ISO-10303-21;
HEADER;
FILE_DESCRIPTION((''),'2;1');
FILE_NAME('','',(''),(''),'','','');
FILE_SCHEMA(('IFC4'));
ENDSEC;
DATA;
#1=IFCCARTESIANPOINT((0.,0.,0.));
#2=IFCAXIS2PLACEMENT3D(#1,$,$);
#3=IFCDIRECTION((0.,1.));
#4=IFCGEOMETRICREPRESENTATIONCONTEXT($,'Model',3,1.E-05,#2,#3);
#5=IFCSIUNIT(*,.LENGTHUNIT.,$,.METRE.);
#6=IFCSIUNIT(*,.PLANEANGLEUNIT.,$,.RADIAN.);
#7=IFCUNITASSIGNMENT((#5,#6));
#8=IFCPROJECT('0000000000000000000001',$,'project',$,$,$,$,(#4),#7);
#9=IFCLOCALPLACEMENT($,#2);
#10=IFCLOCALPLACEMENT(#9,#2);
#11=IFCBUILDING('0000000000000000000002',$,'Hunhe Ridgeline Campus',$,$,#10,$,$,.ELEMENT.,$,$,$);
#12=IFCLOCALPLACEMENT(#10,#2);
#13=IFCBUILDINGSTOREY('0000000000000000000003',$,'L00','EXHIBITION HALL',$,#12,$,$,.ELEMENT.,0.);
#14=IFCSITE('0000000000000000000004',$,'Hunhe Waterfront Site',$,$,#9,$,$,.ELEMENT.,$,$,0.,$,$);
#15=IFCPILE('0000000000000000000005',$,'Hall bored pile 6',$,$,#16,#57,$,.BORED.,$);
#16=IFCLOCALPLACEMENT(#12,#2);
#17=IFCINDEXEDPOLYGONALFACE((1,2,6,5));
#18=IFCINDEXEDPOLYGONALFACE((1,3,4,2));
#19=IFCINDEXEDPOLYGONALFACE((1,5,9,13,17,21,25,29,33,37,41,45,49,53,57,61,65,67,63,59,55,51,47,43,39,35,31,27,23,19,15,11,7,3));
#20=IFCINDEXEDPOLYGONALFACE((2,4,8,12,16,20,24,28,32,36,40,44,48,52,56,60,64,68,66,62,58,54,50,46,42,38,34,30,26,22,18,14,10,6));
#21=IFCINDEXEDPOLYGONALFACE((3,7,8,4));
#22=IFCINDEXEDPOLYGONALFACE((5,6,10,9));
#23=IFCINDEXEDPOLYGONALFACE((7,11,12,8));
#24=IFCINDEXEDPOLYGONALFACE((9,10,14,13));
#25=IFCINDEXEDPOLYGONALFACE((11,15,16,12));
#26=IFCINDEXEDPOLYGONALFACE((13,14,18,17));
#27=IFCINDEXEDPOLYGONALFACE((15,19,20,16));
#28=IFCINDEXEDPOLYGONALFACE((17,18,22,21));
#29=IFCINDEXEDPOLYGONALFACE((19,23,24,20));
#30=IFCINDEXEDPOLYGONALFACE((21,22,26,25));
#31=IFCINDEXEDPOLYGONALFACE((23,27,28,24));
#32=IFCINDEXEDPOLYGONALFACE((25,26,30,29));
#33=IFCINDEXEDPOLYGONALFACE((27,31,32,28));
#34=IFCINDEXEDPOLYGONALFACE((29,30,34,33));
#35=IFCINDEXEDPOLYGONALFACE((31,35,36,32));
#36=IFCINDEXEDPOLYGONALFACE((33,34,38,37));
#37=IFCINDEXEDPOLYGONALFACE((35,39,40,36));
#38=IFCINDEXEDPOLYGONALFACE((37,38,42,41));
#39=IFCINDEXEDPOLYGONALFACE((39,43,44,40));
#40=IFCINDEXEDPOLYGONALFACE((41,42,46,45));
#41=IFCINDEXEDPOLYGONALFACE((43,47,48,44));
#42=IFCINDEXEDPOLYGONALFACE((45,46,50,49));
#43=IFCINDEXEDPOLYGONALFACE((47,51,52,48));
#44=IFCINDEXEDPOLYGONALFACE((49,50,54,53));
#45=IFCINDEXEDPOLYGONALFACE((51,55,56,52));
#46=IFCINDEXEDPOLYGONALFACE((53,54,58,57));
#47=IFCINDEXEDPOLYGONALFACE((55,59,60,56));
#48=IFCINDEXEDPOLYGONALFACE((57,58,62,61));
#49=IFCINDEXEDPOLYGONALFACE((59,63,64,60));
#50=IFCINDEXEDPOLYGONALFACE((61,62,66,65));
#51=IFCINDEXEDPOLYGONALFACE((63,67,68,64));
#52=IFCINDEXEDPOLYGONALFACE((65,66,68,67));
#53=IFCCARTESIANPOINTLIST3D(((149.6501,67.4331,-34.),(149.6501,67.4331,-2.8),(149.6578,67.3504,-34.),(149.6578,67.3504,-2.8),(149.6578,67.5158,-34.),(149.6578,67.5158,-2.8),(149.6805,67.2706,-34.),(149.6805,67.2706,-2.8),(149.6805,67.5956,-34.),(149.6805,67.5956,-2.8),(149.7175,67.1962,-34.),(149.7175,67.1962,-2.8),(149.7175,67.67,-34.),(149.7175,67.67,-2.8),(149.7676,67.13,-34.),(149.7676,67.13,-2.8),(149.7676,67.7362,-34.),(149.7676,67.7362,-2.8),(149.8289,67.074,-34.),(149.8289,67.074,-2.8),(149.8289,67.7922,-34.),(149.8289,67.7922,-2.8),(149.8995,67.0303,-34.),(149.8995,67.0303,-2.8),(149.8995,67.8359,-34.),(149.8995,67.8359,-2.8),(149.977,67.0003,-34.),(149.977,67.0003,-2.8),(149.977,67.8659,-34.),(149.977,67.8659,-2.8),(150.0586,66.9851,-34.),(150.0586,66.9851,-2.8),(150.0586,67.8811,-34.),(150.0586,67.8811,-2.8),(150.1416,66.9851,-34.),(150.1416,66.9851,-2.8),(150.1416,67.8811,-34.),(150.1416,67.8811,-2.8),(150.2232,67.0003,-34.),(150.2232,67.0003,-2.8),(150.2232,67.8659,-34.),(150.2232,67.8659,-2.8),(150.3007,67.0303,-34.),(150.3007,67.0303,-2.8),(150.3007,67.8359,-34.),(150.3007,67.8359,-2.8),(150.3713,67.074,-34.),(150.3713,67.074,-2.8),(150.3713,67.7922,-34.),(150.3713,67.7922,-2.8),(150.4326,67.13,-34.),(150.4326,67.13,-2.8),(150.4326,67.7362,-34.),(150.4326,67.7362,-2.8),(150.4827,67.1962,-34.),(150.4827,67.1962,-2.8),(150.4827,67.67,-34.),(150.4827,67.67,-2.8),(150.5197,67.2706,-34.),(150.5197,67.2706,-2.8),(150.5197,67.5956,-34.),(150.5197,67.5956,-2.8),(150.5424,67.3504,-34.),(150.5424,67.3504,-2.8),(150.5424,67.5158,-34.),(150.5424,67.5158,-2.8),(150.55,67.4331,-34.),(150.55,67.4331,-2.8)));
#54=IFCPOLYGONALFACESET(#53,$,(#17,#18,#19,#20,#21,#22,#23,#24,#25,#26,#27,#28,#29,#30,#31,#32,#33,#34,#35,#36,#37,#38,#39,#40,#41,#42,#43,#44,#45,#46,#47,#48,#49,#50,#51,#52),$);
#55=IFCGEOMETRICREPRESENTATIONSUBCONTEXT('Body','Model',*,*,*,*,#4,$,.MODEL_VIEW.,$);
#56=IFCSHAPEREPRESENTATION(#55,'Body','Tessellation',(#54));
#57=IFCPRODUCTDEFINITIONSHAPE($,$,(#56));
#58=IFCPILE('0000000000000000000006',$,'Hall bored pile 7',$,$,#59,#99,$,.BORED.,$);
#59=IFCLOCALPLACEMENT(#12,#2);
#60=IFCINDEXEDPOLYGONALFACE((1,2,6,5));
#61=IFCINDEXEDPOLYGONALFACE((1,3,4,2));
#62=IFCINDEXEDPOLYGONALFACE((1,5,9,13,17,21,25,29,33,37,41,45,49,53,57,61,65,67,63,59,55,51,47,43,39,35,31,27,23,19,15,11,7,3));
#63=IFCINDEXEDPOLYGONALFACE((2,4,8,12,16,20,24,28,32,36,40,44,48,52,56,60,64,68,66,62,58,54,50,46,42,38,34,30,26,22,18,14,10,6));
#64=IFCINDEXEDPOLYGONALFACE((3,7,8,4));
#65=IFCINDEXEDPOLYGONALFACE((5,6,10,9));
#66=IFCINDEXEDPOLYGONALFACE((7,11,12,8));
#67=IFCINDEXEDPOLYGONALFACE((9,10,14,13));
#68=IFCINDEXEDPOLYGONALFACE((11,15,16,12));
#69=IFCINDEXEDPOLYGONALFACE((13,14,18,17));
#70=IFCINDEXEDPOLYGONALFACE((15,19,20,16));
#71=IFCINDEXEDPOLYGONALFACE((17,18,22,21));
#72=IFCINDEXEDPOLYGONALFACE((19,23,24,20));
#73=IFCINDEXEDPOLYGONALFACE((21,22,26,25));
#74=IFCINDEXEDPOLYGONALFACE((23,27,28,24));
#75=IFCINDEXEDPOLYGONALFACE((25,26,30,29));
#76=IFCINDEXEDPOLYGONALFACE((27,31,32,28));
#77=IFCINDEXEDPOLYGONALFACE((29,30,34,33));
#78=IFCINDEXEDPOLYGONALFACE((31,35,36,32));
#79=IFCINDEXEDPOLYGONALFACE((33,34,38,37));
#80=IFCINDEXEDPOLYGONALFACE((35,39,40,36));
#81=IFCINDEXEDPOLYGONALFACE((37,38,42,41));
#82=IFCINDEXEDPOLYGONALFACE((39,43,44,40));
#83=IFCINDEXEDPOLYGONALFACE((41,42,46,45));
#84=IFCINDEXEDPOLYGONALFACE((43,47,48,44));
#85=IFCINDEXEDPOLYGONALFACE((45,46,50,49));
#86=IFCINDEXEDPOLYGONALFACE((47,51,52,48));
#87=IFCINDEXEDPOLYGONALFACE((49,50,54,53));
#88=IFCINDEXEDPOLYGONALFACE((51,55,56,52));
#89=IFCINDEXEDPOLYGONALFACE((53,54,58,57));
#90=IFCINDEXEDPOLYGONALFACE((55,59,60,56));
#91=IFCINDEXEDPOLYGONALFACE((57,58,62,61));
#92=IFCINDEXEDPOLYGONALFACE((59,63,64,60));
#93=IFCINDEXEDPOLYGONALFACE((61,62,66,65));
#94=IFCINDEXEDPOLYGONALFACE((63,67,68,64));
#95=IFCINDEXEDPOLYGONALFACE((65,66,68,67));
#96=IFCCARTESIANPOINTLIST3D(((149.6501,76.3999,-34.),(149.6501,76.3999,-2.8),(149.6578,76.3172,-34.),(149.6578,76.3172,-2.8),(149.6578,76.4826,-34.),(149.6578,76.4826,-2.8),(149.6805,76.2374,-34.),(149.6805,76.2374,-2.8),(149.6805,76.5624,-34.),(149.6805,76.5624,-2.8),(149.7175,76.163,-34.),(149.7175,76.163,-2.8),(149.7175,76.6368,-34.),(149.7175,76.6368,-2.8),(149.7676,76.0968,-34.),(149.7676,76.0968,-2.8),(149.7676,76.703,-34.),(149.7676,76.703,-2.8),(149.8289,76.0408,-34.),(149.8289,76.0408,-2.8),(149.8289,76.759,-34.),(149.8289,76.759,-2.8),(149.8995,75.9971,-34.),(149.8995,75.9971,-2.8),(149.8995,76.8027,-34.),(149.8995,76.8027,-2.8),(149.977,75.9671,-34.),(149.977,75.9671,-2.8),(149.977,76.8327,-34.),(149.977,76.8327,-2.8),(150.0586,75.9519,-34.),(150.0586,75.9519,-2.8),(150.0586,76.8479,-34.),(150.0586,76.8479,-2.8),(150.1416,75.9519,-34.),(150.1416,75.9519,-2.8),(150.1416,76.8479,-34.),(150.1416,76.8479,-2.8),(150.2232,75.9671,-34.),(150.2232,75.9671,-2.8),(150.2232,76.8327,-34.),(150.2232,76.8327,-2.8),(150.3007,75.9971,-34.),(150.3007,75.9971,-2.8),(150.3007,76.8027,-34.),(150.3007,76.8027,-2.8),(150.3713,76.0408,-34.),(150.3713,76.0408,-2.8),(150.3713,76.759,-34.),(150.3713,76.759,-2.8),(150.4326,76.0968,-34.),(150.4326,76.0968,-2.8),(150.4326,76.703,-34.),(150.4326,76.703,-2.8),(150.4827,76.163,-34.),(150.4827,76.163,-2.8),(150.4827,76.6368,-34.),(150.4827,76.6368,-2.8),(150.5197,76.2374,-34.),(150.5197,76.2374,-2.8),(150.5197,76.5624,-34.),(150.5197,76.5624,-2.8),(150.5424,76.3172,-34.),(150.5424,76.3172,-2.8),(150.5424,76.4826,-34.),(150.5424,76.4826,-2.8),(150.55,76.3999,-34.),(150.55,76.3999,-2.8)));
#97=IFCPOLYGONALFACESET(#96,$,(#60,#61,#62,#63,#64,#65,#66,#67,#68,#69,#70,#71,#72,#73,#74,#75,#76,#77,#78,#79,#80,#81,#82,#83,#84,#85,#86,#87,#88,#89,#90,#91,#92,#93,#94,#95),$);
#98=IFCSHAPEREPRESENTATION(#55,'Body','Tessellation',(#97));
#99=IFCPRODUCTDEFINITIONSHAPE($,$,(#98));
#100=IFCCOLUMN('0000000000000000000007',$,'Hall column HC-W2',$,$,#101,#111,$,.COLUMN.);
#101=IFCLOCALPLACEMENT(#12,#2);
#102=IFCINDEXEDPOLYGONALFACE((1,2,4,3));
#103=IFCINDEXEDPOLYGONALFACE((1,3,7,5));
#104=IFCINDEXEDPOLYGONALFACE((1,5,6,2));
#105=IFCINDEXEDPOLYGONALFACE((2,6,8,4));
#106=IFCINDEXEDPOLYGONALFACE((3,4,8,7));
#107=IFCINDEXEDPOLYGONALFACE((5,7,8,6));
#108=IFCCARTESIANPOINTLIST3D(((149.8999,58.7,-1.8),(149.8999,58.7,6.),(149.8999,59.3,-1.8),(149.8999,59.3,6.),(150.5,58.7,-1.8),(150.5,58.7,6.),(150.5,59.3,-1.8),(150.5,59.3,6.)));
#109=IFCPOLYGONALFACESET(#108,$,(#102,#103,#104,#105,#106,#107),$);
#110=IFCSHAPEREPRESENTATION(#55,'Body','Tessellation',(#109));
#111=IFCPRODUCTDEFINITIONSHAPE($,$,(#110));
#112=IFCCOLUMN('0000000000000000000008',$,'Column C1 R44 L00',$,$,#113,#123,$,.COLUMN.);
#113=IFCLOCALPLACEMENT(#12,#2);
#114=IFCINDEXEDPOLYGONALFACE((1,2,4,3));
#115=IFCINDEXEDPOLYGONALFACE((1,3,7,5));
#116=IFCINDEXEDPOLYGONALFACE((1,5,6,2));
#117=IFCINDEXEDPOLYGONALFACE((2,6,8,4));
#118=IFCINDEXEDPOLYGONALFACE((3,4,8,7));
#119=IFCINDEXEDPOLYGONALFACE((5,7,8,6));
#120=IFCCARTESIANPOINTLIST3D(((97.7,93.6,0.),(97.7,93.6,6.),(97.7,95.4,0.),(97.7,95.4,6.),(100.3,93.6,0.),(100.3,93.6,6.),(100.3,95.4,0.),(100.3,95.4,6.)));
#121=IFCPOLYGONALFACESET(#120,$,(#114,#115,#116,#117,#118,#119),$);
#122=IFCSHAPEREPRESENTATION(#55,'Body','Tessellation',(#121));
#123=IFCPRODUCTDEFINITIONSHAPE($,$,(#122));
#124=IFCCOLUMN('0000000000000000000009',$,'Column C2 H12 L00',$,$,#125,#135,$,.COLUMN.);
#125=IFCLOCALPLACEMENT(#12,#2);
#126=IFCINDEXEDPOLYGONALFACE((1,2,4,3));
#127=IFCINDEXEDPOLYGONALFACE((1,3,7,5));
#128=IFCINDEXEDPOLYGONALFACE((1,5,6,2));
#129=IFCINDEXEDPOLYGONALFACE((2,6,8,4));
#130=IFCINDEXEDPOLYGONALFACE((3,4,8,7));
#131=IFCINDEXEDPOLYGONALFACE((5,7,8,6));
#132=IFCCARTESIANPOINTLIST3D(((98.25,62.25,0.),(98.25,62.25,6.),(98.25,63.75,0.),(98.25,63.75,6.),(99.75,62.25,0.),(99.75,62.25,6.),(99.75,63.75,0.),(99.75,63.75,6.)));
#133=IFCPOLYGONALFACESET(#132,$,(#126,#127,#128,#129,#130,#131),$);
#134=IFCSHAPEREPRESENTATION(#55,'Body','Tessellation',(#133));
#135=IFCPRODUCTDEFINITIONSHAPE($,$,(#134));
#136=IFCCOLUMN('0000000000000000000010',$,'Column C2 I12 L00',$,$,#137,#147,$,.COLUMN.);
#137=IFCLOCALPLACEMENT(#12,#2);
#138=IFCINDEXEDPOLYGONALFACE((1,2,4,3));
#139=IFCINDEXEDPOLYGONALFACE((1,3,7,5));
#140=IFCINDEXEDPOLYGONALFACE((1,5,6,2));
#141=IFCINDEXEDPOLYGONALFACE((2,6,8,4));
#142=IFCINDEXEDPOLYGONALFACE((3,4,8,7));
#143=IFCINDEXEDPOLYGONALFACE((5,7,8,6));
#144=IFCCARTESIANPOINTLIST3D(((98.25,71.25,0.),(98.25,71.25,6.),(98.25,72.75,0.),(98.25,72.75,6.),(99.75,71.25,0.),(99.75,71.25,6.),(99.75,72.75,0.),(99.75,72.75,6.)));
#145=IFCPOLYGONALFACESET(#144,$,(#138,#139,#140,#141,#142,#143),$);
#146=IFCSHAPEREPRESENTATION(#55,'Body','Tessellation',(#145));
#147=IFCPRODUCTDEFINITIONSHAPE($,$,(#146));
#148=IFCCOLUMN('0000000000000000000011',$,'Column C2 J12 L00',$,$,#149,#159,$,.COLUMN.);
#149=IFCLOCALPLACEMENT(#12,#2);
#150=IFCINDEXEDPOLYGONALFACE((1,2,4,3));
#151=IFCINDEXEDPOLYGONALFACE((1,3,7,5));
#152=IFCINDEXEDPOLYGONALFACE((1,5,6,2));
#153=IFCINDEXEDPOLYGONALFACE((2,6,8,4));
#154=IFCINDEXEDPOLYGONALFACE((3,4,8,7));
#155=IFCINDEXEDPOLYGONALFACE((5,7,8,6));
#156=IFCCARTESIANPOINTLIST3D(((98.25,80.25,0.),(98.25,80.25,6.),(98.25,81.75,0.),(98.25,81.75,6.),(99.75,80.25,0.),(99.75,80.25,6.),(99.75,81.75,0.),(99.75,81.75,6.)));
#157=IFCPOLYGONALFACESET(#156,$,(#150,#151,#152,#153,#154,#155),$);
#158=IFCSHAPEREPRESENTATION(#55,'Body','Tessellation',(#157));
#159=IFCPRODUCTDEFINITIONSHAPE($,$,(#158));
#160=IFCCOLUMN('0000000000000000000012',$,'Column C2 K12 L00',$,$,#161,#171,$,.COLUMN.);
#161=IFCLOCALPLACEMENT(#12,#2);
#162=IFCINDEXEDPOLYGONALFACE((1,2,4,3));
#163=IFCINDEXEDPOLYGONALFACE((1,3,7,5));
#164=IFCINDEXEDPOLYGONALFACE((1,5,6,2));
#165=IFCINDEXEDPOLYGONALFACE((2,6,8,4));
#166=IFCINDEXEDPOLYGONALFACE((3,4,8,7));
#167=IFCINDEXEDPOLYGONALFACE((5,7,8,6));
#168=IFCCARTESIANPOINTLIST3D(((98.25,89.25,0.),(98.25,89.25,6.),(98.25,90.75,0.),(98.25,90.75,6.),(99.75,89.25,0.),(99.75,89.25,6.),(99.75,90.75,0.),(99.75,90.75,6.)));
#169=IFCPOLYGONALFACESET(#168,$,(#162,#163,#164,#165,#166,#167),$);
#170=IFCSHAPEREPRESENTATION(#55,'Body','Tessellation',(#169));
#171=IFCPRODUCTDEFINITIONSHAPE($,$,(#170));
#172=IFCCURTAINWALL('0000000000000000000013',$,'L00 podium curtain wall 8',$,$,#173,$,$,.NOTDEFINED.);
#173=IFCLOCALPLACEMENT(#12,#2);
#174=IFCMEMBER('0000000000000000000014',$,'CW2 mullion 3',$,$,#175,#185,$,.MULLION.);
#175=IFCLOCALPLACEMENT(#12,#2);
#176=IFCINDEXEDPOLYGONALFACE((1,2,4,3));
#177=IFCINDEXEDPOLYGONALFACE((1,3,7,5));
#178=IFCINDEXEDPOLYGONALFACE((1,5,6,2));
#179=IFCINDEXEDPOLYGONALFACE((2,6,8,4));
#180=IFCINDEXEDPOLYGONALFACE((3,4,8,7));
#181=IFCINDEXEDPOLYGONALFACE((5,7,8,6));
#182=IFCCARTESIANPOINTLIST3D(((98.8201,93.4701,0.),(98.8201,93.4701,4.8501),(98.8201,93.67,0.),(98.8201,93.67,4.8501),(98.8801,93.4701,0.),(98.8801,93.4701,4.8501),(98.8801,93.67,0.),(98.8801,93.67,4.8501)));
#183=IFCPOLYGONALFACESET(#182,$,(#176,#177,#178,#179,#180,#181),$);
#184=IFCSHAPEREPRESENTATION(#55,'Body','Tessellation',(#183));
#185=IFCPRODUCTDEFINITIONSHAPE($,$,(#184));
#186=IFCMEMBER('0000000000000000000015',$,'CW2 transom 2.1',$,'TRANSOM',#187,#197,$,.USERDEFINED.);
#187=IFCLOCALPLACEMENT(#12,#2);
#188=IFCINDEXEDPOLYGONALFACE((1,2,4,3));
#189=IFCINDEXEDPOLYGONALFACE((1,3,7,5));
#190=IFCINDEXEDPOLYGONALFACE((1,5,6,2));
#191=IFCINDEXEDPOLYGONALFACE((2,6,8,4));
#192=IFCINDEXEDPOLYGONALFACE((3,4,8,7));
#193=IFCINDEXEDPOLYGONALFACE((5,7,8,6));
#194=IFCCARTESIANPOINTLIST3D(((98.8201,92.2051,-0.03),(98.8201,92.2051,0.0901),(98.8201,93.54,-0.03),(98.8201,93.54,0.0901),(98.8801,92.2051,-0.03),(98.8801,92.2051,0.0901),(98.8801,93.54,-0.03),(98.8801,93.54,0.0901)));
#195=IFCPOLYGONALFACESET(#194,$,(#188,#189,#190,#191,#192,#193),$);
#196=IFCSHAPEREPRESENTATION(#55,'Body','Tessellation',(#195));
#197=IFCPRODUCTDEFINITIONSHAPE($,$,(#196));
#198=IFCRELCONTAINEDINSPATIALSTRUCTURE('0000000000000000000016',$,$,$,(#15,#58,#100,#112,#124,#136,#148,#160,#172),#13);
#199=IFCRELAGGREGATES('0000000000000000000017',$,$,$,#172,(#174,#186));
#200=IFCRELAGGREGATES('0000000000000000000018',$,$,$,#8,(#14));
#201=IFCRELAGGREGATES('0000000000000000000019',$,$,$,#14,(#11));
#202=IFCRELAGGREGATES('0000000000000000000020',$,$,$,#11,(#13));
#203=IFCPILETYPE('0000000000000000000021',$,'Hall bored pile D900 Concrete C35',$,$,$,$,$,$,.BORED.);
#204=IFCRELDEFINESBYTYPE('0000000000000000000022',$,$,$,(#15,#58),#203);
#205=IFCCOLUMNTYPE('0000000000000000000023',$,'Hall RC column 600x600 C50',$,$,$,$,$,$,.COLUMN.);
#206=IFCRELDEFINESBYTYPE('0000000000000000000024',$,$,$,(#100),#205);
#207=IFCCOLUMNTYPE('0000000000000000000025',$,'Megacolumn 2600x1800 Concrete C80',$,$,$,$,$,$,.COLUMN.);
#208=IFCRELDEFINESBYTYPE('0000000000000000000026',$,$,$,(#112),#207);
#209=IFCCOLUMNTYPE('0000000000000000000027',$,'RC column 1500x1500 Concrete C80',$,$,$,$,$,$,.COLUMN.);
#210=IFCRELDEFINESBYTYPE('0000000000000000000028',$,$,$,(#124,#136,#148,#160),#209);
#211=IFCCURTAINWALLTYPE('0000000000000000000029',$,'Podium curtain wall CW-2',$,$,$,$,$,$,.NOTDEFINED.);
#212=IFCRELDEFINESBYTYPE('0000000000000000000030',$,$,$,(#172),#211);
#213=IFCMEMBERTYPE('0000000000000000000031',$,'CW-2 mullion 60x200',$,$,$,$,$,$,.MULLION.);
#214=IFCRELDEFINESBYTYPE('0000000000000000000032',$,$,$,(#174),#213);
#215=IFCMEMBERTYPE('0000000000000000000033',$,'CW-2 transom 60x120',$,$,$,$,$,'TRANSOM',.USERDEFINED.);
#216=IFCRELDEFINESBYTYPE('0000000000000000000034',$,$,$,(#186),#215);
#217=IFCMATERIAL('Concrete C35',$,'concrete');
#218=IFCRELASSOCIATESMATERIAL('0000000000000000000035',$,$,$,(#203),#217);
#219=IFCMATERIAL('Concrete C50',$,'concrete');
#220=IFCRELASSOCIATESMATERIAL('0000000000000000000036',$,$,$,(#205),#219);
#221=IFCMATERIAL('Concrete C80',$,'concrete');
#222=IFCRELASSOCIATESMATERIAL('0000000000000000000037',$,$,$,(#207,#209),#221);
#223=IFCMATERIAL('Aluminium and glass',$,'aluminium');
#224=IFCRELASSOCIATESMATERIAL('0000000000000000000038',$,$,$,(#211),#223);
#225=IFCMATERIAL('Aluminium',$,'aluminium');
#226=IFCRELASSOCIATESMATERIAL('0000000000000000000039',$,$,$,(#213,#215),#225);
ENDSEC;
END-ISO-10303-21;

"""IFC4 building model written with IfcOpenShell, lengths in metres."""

from ifc_helpers import new_model, si_unit, direction, frame, origin, origin_2d, place, context, subcontext, project, spatial, rectangle, circle, extrude, material, material_profile, profile_set, type_object, element, aggregate, save


model = new_model("IFC4")

# Units and contexts
model_context = context("Model", 3, precision=1e-05, world=origin(), true_north=direction((0.0, 1.0)))
body_context = subcontext(model_context, "Body", "Model", "MODEL_VIEW")
ifc_project = project(units=[si_unit("LENGTHUNIT", "METRE"), si_unit("PLANEANGLEUNIT", "RADIAN")], contexts=[model_context])

# Site, building, storey
site_placement = place(None, origin())
site = spatial("IfcSite", under=ifc_project, at=site_placement, Name="Hunhe Waterfront Site", CompositionType="ELEMENT", RefElevation=0.0)
building_placement = place(site_placement, origin())
building = spatial("IfcBuilding", under=site, at=building_placement, Name="Hunhe Ridgeline Campus", CompositionType="ELEMENT")
storey_placement = place(building_placement, origin())
storey = spatial("IfcBuildingStorey", under=building, at=storey_placement, Name="L00", Description="EXHIBITION HALL", CompositionType="ELEMENT", Elevation=0.0)

# Piles
ifc_material_1 = material(Name="Concrete C35", Category="concrete")
ifc_material_profile_1 = material_profile(ifc_material_1, circle(Radius=0.45, at=origin_2d()))
ifc_profile_set_1 = profile_set([ifc_material_profile_1], Name="Concrete C35")
pile_type = type_object("IfcPileType", Name="Hall bored pile D900 Concrete C35", PredefinedType="BORED", material=ifc_profile_set_1)
for number, where, z_axis, x_axis, name in (
    (1, (150.1001, 67.4331, -2.8), (0.0, 0.0, -1.0), (1.0, 0.0, 0.0), "Hall bored pile 6"),
    (2, (150.1001, 76.3999, -2.8), (0.0, 0.0, -1.0), (1.0, 0.0, 0.0), "Hall bored pile 7"),
):
    element("IfcPile", number, at=place(storey_placement, frame(where, z_axis=z_axis, x_axis=x_axis)), inside=storey, type_object=pile_type, Name=name, PredefinedType="BORED", context=body_context, shape_type="SweptSolid", body=[
        extrude(circle(Radius=0.45, at=origin_2d()), origin(), (0.0, 0.0, 1.0), 31.2),
    ])

# Columns
ifc_material_2 = material(Name="Concrete C50", Category="concrete")
ifc_material_profile_2 = material_profile(ifc_material_2, rectangle(XDim=0.6001, YDim=0.6001, at=origin_2d()))
ifc_profile_set_2 = profile_set([ifc_material_profile_2], Name="Concrete C50")
column_type_1 = type_object("IfcColumnType", Name="Hall RC column 600x600 C50", PredefinedType="COLUMN", material=ifc_profile_set_2)
column_1_placement = place(storey_placement, frame((150.2, 59.0, -1.8), z_axis=(0.0, 0.0, 1.0), x_axis=(1.0, 0.0, 0.0)))
element("IfcColumn", 3, at=column_1_placement, inside=storey, type_object=column_type_1, Name="Hall column HC-W2", PredefinedType="COLUMN", context=body_context, shape_type="SweptSolid", body=[
    extrude(rectangle(XDim=0.6001, YDim=0.6001, at=origin_2d()), origin(), (0.0, 0.0, 1.0), 7.8),
])
ifc_material_3 = material(Name="Concrete C80", Category="concrete")
ifc_material_profile_3 = material_profile(ifc_material_3, rectangle(XDim=2.6001, YDim=1.8, at=origin_2d()))
ifc_profile_set_3 = profile_set([ifc_material_profile_3], Name="Concrete C80")
column_type_2 = type_object("IfcColumnType", Name="Megacolumn 2600x1800 Concrete C80", PredefinedType="COLUMN", material=ifc_profile_set_3)
column_2_placement = place(storey_placement, frame((99.0, 94.5, 0.0), z_axis=(0.0, 0.0, 1.0), x_axis=(1.0, 0.0, 0.0)))
element("IfcColumn", 4, at=column_2_placement, inside=storey, type_object=column_type_2, Name="Column C1 R44 L00", PredefinedType="COLUMN", context=body_context, shape_type="SweptSolid", body=[
    extrude(rectangle(XDim=2.6001, YDim=1.8, at=origin_2d()), origin(), (0.0, 0.0, 1.0), 6.0),
])
ifc_material_profile_4 = material_profile(ifc_material_3, rectangle(XDim=1.5, YDim=1.5, at=origin_2d()))
ifc_profile_set_4 = profile_set([ifc_material_profile_4], Name="Concrete C80")
column_type_3 = type_object("IfcColumnType", Name="RC column 1500x1500 Concrete C80", PredefinedType="COLUMN", material=ifc_profile_set_4)
for number, where, z_axis, x_axis, name in (
    (5, (99.0, 63.0, 0.0), (0.0, 0.0, 1.0), (1.0, 0.0, 0.0), "Column C2 H12 L00"),
    (6, (99.0, 72.0, 0.0), (0.0, 0.0, 1.0), (1.0, 0.0, 0.0), "Column C2 I12 L00"),
    (7, (99.0, 81.0, 0.0), (0.0, 0.0, 1.0), (1.0, 0.0, 0.0), "Column C2 J12 L00"),
    (8, (99.0, 90.0, 0.0), (0.0, 0.0, 1.0), (1.0, 0.0, 0.0), "Column C2 K12 L00"),
):
    element("IfcColumn", number, at=place(storey_placement, frame(where, z_axis=z_axis, x_axis=x_axis)), inside=storey, type_object=column_type_3, Name=name, PredefinedType="COLUMN", context=body_context, shape_type="SweptSolid", body=[
        extrude(rectangle(XDim=1.5, YDim=1.5, at=origin_2d()), origin(), (0.0, 0.0, 1.0), 6.0),
    ])

# Curtain wall, members
ifc_material_4 = material(Name="Aluminium and glass", Category="aluminium")
curtain_wall_type = type_object("IfcCurtainWallType", Name="Podium curtain wall CW-2", PredefinedType="NOTDEFINED", material=ifc_material_4)
curtain_wall_placement = place(storey_placement, origin())
curtain_wall = element("IfcCurtainWall", 9, at=curtain_wall_placement, inside=storey, type_object=curtain_wall_type, Name="L00 podium curtain wall 8", PredefinedType="NOTDEFINED")
ifc_material_5 = material(Name="Aluminium", Category="aluminium")
ifc_material_profile_5 = material_profile(ifc_material_5, rectangle(XDim=0.0601, YDim=0.2, at=origin_2d()))
ifc_profile_set_5 = profile_set([ifc_material_profile_5], Name="Aluminium")
member_type_1 = type_object("IfcMemberType", Name="CW-2 mullion 60x200", PredefinedType="MULLION", material=ifc_profile_set_5)
member_1_placement = place(storey_placement, frame((98.8501, 93.5701, 0.0), z_axis=(0.0, 0.0, 1.0), x_axis=(-1.0, 0.0, 0.0)))
member_1 = element("IfcMember", 10, at=member_1_placement, type_object=member_type_1, Name="CW2 mullion 3", PredefinedType="MULLION", context=body_context, shape_type="SweptSolid", body=[
    extrude(rectangle(XDim=0.0601, YDim=0.2, at=origin_2d()), origin(), (0.0, 0.0, 1.0), 4.8501),
])
ifc_material_profile_6 = material_profile(ifc_material_5, rectangle(XDim=0.0601, YDim=0.1201, at=origin_2d()))
ifc_profile_set_6 = profile_set([ifc_material_profile_6], Name="Aluminium")
member_type_2 = type_object("IfcMemberType", Name="CW-2 transom 60x120", ElementType="TRANSOM", PredefinedType="USERDEFINED", material=ifc_profile_set_6)
member_2_placement = place(storey_placement, frame((98.8501, 92.2051, 0.03), z_axis=(0.0, 1.0, 0.0), x_axis=(-1.0, 0.0, 0.0)))
member_2 = element("IfcMember", 11, at=member_2_placement, type_object=member_type_2, Name="CW2 transom 2.1", ObjectType="TRANSOM", PredefinedType="USERDEFINED", context=body_context, shape_type="SweptSolid", body=[
    extrude(rectangle(XDim=0.0601, YDim=0.1201, at=origin_2d()), origin(), (0.0, 0.0, 1.0), 1.335),
])
aggregate(curtain_wall, [member_1, member_2])

save(model, "model.ifc")
